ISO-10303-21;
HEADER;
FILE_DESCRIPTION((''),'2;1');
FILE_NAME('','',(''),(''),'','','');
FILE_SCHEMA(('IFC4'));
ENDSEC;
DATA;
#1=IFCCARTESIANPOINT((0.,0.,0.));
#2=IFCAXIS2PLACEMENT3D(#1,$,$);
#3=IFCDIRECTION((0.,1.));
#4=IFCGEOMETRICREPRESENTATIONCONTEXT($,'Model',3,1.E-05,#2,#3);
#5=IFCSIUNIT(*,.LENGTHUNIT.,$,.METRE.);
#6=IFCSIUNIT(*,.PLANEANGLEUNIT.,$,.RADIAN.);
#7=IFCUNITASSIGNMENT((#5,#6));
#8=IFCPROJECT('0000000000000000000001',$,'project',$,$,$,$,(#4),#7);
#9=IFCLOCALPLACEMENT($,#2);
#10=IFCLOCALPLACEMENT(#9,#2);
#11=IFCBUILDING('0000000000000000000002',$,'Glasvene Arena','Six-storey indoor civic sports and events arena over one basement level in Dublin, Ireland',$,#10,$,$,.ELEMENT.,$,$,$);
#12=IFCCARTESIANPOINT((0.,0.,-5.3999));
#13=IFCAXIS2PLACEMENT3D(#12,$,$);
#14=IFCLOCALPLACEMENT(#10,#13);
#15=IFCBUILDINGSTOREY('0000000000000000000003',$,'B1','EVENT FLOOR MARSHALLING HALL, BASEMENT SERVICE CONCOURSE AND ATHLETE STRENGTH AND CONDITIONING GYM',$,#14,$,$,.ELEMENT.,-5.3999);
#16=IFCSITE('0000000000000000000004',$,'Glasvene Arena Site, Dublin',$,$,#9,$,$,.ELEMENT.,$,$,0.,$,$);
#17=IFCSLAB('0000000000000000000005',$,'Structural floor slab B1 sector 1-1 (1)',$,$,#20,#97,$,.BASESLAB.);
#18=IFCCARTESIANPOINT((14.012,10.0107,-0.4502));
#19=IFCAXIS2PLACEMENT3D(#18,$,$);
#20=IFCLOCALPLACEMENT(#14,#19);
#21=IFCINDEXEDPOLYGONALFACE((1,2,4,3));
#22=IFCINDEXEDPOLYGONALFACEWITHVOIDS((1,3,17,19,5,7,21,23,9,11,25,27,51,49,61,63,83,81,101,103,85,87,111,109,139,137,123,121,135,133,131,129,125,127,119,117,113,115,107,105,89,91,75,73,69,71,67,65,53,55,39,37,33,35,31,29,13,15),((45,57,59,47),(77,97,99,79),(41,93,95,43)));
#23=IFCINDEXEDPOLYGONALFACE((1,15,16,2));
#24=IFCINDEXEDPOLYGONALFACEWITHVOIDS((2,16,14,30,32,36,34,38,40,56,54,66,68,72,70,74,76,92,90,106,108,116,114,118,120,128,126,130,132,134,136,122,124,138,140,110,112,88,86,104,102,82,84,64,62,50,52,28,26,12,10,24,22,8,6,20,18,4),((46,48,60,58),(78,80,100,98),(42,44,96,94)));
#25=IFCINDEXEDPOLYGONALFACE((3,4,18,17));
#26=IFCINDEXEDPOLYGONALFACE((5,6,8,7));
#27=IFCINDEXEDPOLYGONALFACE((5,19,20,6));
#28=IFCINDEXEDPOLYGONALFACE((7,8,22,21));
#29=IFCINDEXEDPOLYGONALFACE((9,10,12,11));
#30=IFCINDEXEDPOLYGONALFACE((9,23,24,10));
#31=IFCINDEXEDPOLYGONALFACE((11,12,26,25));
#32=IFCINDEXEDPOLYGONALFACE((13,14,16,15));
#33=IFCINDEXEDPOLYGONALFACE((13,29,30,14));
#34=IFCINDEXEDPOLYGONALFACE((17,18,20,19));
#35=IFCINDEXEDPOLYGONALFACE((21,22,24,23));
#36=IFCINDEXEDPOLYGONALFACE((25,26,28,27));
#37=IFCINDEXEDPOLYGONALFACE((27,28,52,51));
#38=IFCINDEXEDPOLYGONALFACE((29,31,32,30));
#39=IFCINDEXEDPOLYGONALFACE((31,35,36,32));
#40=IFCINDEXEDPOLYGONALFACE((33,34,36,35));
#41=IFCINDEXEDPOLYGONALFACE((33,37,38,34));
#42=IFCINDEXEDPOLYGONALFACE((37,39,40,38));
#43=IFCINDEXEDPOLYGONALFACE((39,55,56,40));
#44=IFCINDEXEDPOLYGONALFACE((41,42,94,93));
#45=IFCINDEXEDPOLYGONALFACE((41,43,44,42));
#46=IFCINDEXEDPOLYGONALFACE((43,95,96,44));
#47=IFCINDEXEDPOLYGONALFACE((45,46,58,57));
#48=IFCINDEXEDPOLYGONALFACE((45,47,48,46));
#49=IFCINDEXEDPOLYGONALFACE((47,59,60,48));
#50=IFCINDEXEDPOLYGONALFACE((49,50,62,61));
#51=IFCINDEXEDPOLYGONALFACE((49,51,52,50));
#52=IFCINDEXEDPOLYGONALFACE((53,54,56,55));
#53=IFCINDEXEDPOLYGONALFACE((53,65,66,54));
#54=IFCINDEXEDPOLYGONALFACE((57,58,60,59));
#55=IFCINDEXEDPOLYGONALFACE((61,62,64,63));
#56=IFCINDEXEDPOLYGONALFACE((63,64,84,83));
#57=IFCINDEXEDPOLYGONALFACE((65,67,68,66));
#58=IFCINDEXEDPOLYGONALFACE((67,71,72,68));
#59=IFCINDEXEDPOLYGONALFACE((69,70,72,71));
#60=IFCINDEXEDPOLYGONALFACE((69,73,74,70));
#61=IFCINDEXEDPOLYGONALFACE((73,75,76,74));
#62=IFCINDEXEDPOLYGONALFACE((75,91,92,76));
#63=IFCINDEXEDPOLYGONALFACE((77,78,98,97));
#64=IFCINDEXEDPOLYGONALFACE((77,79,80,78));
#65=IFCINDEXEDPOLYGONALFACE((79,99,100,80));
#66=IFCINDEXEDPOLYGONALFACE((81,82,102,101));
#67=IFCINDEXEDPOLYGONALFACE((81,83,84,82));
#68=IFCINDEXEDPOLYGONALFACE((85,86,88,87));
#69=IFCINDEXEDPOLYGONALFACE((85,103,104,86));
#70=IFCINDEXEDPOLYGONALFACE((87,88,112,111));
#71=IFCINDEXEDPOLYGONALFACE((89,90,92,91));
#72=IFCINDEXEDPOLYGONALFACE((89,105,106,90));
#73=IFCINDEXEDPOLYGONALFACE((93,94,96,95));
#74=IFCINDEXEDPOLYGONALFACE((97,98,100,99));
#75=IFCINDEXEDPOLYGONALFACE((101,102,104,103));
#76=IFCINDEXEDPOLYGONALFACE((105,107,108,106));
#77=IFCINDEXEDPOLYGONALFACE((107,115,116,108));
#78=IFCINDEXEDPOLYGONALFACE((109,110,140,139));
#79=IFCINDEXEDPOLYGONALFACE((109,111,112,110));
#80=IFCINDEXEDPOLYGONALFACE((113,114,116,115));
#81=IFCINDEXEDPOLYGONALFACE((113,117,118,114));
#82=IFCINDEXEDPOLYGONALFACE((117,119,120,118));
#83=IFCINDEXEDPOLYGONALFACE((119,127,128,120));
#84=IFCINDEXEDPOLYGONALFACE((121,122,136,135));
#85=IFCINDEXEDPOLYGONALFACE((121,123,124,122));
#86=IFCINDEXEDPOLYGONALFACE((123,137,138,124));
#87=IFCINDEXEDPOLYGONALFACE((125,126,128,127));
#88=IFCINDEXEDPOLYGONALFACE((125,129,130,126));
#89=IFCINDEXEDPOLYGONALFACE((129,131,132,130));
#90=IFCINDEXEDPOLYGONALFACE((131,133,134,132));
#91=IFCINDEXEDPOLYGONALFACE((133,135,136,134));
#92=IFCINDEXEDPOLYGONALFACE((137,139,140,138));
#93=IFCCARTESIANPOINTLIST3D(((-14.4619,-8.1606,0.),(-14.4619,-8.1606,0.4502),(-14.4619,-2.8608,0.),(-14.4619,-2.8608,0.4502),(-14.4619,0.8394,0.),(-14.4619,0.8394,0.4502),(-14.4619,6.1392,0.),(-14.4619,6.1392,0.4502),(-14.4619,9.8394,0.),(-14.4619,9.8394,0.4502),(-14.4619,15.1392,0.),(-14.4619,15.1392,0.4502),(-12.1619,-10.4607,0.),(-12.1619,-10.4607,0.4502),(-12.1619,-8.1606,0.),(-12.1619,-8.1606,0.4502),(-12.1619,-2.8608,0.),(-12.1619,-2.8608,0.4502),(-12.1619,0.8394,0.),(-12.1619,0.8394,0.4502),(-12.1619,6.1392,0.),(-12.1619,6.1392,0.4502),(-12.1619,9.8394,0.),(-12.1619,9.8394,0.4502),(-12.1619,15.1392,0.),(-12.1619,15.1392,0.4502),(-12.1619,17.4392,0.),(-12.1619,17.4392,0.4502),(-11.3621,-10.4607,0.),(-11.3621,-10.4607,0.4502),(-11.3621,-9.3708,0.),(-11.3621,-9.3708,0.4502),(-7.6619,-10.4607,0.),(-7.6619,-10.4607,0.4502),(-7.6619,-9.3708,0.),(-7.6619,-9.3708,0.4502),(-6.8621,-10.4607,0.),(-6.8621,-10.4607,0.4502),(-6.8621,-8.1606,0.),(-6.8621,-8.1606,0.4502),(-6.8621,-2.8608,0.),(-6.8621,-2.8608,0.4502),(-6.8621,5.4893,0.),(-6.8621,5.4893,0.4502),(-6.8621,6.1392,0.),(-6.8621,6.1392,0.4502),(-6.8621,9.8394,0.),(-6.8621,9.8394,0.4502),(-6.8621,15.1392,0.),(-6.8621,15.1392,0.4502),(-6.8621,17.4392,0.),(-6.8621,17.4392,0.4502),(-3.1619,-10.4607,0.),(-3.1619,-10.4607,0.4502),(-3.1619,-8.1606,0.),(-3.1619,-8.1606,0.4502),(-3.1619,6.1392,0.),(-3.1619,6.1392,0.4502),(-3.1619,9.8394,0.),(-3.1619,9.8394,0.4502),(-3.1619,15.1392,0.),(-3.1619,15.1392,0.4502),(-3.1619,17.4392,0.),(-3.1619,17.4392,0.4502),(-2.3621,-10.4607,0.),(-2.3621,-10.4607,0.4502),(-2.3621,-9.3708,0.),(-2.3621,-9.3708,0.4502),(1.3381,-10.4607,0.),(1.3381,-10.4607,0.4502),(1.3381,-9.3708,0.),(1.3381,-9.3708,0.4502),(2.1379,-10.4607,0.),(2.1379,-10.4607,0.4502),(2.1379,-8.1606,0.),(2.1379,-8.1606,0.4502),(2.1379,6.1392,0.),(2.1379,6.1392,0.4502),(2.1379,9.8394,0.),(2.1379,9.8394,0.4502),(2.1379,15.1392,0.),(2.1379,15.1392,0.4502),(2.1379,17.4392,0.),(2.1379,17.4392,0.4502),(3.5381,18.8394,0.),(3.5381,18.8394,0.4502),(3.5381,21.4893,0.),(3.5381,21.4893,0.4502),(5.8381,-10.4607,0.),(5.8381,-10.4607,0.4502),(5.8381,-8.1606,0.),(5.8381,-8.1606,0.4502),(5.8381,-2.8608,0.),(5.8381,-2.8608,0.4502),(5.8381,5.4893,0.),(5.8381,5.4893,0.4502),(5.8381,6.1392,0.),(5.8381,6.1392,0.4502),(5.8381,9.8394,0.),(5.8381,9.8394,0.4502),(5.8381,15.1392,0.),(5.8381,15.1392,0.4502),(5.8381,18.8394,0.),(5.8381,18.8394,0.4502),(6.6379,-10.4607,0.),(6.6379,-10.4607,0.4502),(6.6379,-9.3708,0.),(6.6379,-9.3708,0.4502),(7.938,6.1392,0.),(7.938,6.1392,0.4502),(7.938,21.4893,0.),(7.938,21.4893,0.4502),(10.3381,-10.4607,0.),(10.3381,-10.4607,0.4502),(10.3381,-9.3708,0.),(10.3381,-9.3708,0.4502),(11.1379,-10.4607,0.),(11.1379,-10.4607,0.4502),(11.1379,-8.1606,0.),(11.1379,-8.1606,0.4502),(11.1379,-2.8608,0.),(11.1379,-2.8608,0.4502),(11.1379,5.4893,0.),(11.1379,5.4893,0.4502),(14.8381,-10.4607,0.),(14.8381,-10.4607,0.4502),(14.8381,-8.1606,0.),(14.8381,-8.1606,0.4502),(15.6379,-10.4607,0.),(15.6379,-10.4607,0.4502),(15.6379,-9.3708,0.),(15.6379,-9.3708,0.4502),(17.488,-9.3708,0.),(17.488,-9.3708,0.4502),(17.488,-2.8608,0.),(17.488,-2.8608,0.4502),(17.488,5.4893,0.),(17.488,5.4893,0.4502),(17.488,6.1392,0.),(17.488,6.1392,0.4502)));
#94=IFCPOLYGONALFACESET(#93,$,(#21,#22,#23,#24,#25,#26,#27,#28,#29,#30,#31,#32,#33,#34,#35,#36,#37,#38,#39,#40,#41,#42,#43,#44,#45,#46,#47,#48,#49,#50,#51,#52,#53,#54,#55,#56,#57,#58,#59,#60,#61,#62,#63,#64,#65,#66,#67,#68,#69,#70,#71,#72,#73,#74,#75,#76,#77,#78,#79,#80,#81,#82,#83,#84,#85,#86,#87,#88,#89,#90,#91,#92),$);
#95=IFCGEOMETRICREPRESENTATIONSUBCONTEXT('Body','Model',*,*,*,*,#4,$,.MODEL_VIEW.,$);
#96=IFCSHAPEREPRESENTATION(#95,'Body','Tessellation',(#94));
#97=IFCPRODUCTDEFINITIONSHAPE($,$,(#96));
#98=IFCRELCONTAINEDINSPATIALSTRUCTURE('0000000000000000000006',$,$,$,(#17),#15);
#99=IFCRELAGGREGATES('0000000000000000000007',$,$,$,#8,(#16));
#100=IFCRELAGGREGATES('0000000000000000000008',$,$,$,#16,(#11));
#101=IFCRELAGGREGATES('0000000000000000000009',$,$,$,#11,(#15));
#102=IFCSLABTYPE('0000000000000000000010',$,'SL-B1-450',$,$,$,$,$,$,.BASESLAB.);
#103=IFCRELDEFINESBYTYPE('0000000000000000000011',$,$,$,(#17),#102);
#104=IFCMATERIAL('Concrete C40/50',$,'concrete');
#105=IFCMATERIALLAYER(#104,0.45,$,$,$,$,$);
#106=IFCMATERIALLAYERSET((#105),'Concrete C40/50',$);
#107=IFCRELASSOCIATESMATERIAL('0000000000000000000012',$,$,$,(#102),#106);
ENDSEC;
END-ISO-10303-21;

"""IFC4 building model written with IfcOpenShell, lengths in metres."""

from ifc_helpers import new_model, si_unit, direction, frame, origin, place, context, subcontext, project, spatial, polyline, outline, extrude, material, layer, layer_set, type_object, element, save


model = new_model("IFC4")

# Units and contexts
model_context = context("Model", 3, precision=1e-05, world=origin(), true_north=direction((0.0, 1.0)))
body_context = subcontext(model_context, "Body", "Model", "MODEL_VIEW")
ifc_project = project(units=[si_unit("LENGTHUNIT", "METRE"), si_unit("PLANEANGLEUNIT", "RADIAN")], contexts=[model_context])

# Site, building, storey
site_placement = place(None, origin())
site = spatial("IfcSite", under=ifc_project, at=site_placement, Name="Glasvene Arena Site, Dublin", CompositionType="ELEMENT", RefElevation=0.0)
building_placement = place(site_placement, origin())
building = spatial("IfcBuilding", under=site, at=building_placement, Name="Glasvene Arena", Description="Six-storey indoor civic sports and events arena over one basement level in Dublin, Ireland", CompositionType="ELEMENT")
storey_placement = place(building_placement, frame((0.0, 0.0, -5.3999)))
storey = spatial("IfcBuildingStorey", under=building, at=storey_placement, Name="B1", Description="EVENT FLOOR MARSHALLING HALL, BASEMENT SERVICE CONCOURSE AND ATHLETE STRENGTH AND CONDITIONING GYM", CompositionType="ELEMENT", Elevation=-5.3999)

# Shared definitions
ifc_material_1 = material(Name="Concrete C40/50", Category="concrete")

# Slab
ifc_layer_1 = layer(ifc_material_1, 0.45)
ifc_layer_set_1 = layer_set([ifc_layer_1], Name="Concrete C40/50")
slab_type = type_object("IfcSlabType", Name="SL-B1-450", PredefinedType="BASESLAB", material=ifc_layer_set_1)
slab_placement = place(storey_placement, frame((14.012, 10.0107, -0.4502)))
element("IfcSlab", 1, at=slab_placement, inside=storey, type_object=slab_type, Name="Structural floor slab B1 sector 1-1 (1)", PredefinedType="BASESLAB", context=body_context, shape_type="SweptSolid", body=[
    extrude(outline(polyline([(7.938, 6.1392), (17.488, 6.1392), (17.488, 5.4893), (11.1379, 5.4893), (11.1379, -2.8608), (17.488, -2.8608), (17.488, -9.3708), (15.6379, -9.3708), (15.6379, -10.4607), (14.8381, -10.4607), (14.8381, -8.1606), (11.1379, -8.1606), (11.1379, -10.4607), (10.3381, -10.4607), (10.3381, -9.3708), (6.6379, -9.3708), (6.6379, -10.4607), (5.8381, -10.4607), (5.8381, -8.1606), (2.1379, -8.1606), (2.1379, -10.4607), (1.3381, -10.4607), (1.3381, -9.3708), (-2.3621, -9.3708), (-2.3621, -10.4607), (-3.1619, -10.4607), (-3.1619, -8.1606), (-6.8621, -8.1606), (-6.8621, -10.4607), (-7.6619, -10.4607), (-7.6619, -9.3708), (-11.3621, -9.3708), (-11.3621, -10.4607), (-12.1619, -10.4607), (-12.1619, -8.1606), (-14.4619, -8.1606), (-14.4619, -2.8608), (-12.1619, -2.8608), (-12.1619, 0.8394), (-14.4619, 0.8394), (-14.4619, 6.1392), (-12.1619, 6.1392), (-12.1619, 9.8394), (-14.4619, 9.8394), (-14.4619, 15.1392), (-12.1619, 15.1392), (-12.1619, 17.4392), (-6.8621, 17.4392), (-6.8621, 15.1392), (-3.1619, 15.1392), (-3.1619, 17.4392), (2.1379, 17.4392), (2.1379, 15.1392), (5.8381, 15.1392), (5.8381, 18.8394), (3.5381, 18.8394), (3.5381, 21.4893), (7.938, 21.4893), (7.938, 6.1392)]), holes=[polyline([(5.8381, -2.8608), (5.8381, 5.4893), (-6.8621, 5.4893), (-6.8621, -2.8608), (5.8381, -2.8608)]), polyline([(-6.8621, 6.1392), (-3.1619, 6.1392), (-3.1619, 9.8394), (-6.8621, 9.8394), (-6.8621, 6.1392)]), polyline([(2.1379, 6.1392), (5.8381, 6.1392), (5.8381, 9.8394), (2.1379, 9.8394), (2.1379, 6.1392)])]), origin(), (0.0, 0.0, 1.0), 0.4502),
])

save(model, "model.ifc")
